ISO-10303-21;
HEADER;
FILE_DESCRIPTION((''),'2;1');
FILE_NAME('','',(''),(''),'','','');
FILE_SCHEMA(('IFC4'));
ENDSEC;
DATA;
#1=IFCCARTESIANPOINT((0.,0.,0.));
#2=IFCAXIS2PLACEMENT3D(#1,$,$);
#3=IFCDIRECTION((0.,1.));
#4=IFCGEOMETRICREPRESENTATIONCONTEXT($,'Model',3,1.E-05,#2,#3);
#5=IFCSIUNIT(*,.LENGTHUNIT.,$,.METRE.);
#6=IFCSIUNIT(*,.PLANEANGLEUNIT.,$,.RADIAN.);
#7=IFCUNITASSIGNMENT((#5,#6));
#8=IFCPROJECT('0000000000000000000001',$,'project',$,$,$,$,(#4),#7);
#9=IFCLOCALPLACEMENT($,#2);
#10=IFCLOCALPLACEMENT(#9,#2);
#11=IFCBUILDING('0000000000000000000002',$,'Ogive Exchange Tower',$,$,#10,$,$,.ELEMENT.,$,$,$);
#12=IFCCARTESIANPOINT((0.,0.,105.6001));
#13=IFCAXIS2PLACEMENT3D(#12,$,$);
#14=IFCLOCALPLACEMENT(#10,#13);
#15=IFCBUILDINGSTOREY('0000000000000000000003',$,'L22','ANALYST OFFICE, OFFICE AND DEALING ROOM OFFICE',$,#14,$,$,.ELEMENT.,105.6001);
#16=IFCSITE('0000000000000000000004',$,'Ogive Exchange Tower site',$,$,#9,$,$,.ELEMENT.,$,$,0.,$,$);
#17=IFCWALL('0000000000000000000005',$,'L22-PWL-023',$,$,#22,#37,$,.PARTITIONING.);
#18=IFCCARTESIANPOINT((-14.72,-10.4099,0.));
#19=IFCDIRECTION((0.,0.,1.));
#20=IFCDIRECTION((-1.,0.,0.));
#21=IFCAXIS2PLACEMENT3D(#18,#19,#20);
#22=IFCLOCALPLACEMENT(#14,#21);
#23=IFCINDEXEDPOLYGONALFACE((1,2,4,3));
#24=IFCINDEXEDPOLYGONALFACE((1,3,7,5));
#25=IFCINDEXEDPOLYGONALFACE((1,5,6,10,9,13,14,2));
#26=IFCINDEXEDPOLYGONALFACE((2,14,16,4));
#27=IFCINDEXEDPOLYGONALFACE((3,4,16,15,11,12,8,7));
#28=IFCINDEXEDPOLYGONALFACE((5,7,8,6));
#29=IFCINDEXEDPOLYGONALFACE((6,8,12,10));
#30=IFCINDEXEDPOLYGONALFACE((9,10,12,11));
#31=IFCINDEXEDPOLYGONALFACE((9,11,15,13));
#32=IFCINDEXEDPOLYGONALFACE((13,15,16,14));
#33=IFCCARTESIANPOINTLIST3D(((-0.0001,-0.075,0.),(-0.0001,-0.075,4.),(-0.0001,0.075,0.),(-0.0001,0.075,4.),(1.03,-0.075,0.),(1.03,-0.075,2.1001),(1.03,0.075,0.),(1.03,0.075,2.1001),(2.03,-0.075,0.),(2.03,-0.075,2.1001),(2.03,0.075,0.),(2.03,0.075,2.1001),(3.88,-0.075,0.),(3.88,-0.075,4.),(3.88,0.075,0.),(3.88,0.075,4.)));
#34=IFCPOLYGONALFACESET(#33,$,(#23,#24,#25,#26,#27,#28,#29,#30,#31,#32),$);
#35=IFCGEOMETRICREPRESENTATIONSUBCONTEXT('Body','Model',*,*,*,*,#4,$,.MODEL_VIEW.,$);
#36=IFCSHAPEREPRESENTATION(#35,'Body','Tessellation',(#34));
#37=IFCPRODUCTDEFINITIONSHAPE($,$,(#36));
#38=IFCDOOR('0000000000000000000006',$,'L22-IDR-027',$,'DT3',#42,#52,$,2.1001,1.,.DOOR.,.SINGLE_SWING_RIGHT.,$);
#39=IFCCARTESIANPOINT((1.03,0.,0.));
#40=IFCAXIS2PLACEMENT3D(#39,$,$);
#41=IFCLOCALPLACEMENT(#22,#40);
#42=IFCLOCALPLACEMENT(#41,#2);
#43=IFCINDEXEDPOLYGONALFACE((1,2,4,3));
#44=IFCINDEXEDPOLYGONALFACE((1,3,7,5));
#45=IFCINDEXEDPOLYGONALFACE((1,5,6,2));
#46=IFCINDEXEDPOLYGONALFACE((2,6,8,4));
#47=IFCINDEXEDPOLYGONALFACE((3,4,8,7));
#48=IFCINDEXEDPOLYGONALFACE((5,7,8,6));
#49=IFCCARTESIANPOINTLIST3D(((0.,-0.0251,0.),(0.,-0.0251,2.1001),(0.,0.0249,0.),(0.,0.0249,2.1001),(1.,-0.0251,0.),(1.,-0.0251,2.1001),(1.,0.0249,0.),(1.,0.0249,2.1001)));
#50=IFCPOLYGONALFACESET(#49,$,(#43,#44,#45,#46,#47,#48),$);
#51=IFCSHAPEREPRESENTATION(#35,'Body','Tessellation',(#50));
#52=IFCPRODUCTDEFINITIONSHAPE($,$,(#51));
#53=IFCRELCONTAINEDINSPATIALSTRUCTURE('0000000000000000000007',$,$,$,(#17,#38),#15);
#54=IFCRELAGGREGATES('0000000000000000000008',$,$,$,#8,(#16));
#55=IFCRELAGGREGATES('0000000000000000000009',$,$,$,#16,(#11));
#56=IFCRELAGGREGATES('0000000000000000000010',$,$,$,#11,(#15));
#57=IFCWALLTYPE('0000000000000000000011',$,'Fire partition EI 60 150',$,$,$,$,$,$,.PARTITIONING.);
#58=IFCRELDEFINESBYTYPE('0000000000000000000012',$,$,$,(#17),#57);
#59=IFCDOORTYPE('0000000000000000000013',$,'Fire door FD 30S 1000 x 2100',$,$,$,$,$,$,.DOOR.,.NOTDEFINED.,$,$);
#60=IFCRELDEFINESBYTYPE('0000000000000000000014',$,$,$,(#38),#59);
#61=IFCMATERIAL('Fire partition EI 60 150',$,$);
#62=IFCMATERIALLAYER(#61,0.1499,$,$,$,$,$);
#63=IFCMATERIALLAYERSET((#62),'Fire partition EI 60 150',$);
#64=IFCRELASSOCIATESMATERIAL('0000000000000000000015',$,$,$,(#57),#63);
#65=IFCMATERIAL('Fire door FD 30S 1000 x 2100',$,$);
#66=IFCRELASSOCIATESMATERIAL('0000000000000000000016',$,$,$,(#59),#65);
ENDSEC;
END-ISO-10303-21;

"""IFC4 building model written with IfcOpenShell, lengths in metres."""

from ifc_helpers import new_model, si_unit, direction, frame, frame_2d, origin, place, context, subcontext, project, spatial, rectangle, extrude, material, layer, layer_set, type_object, element, fill, save


model = new_model("IFC4")

# Units and contexts
model_context = context("Model", 3, precision=1e-05, world=origin(), true_north=direction((0.0, 1.0)))
body_context = subcontext(model_context, "Body", "Model", "MODEL_VIEW")
ifc_project = project(units=[si_unit("LENGTHUNIT", "METRE"), si_unit("PLANEANGLEUNIT", "RADIAN")], contexts=[model_context])

# Site, building, storey
site_placement = place(None, origin())
site = spatial("IfcSite", under=ifc_project, at=site_placement, Name="Ogive Exchange Tower site", CompositionType="ELEMENT", RefElevation=0.0)
building_placement = place(site_placement, origin())
building = spatial("IfcBuilding", under=site, at=building_placement, Name="Ogive Exchange Tower", CompositionType="ELEMENT")
storey_placement = place(building_placement, frame((0.0, 0.0, 105.6001)))
storey = spatial("IfcBuildingStorey", under=building, at=storey_placement, Name="L22", Description="ANALYST OFFICE, OFFICE AND DEALING ROOM OFFICE", CompositionType="ELEMENT", Elevation=105.6001)

# Wall, opening, door
ifc_material_1 = material(Name="Fire partition EI 60 150")
ifc_layer_1 = layer(ifc_material_1, 0.1499)
ifc_layer_set_1 = layer_set([ifc_layer_1], Name="Fire partition EI 60 150")
wall_type_1 = type_object("IfcWallType", Name="Fire partition EI 60 150", PredefinedType="PARTITIONING", material=ifc_layer_set_1)
ifc_material_2 = material(Name="Fire door FD 30S 1000 x 2100")
door_type_1 = type_object("IfcDoorType", Name="Fire door FD 30S 1000 x 2100", OperationType="NOTDEFINED", PredefinedType="DOOR", material=ifc_material_2)
wall_1_placement = place(storey_placement, frame((-14.72, -10.4099, 0.0), z_axis=(0.0, 0.0, 1.0), x_axis=(-1.0, 0.0, 0.0)))
wall_1 = element("IfcWall", 1, at=wall_1_placement, inside=storey, type_object=wall_type_1, Name="L22-PWL-023", PredefinedType="PARTITIONING", context=body_context, shape_type="SweptSolid", body=[
    extrude(rectangle(XDim=3.8801, YDim=0.1499, at=frame_2d((1.9399, 0.0))), origin(), (0.0, 0.0, 1.0), 4.0),
])
opening_1_placement = place(wall_1_placement, frame((1.03, 0.0, 0.0)))
opening_1 = element("IfcOpeningElement", 2, at=opening_1_placement, cuts=wall_1, PredefinedType="OPENING", context=body_context, shape_type="SweptSolid", body=[
    extrude(rectangle(XDim=1.0, YDim=2.1001, at=frame_2d((0.5, 1.05))), frame((0.0, 0.085, 0.0), z_axis=(0.0, -1.0, 0.0), x_axis=(1.0, 0.0, 0.0)), (0.0, 0.0, 1.0), 0.1699),
])
door_1_placement = place(opening_1_placement, origin())
door_1 = element("IfcDoor", 3, at=door_1_placement, inside=storey, type_object=door_type_1, Name="L22-IDR-027", ObjectType="DT3", OperationType="SINGLE_SWING_RIGHT", OverallHeight=2.1001, OverallWidth=1.0, PredefinedType="DOOR", context=body_context, shape_type="SweptSolid", body=[
    extrude(rectangle(XDim=1.0, YDim=2.1001, at=frame_2d((0.5, 1.05))), frame((0.0, 0.0249, 0.0), z_axis=(0.0, -1.0, 0.0), x_axis=(1.0, 0.0, 0.0)), (0.0, 0.0, 1.0), 0.05),
])
fill(opening_1, door_1)

save(model, "model.ifc")
